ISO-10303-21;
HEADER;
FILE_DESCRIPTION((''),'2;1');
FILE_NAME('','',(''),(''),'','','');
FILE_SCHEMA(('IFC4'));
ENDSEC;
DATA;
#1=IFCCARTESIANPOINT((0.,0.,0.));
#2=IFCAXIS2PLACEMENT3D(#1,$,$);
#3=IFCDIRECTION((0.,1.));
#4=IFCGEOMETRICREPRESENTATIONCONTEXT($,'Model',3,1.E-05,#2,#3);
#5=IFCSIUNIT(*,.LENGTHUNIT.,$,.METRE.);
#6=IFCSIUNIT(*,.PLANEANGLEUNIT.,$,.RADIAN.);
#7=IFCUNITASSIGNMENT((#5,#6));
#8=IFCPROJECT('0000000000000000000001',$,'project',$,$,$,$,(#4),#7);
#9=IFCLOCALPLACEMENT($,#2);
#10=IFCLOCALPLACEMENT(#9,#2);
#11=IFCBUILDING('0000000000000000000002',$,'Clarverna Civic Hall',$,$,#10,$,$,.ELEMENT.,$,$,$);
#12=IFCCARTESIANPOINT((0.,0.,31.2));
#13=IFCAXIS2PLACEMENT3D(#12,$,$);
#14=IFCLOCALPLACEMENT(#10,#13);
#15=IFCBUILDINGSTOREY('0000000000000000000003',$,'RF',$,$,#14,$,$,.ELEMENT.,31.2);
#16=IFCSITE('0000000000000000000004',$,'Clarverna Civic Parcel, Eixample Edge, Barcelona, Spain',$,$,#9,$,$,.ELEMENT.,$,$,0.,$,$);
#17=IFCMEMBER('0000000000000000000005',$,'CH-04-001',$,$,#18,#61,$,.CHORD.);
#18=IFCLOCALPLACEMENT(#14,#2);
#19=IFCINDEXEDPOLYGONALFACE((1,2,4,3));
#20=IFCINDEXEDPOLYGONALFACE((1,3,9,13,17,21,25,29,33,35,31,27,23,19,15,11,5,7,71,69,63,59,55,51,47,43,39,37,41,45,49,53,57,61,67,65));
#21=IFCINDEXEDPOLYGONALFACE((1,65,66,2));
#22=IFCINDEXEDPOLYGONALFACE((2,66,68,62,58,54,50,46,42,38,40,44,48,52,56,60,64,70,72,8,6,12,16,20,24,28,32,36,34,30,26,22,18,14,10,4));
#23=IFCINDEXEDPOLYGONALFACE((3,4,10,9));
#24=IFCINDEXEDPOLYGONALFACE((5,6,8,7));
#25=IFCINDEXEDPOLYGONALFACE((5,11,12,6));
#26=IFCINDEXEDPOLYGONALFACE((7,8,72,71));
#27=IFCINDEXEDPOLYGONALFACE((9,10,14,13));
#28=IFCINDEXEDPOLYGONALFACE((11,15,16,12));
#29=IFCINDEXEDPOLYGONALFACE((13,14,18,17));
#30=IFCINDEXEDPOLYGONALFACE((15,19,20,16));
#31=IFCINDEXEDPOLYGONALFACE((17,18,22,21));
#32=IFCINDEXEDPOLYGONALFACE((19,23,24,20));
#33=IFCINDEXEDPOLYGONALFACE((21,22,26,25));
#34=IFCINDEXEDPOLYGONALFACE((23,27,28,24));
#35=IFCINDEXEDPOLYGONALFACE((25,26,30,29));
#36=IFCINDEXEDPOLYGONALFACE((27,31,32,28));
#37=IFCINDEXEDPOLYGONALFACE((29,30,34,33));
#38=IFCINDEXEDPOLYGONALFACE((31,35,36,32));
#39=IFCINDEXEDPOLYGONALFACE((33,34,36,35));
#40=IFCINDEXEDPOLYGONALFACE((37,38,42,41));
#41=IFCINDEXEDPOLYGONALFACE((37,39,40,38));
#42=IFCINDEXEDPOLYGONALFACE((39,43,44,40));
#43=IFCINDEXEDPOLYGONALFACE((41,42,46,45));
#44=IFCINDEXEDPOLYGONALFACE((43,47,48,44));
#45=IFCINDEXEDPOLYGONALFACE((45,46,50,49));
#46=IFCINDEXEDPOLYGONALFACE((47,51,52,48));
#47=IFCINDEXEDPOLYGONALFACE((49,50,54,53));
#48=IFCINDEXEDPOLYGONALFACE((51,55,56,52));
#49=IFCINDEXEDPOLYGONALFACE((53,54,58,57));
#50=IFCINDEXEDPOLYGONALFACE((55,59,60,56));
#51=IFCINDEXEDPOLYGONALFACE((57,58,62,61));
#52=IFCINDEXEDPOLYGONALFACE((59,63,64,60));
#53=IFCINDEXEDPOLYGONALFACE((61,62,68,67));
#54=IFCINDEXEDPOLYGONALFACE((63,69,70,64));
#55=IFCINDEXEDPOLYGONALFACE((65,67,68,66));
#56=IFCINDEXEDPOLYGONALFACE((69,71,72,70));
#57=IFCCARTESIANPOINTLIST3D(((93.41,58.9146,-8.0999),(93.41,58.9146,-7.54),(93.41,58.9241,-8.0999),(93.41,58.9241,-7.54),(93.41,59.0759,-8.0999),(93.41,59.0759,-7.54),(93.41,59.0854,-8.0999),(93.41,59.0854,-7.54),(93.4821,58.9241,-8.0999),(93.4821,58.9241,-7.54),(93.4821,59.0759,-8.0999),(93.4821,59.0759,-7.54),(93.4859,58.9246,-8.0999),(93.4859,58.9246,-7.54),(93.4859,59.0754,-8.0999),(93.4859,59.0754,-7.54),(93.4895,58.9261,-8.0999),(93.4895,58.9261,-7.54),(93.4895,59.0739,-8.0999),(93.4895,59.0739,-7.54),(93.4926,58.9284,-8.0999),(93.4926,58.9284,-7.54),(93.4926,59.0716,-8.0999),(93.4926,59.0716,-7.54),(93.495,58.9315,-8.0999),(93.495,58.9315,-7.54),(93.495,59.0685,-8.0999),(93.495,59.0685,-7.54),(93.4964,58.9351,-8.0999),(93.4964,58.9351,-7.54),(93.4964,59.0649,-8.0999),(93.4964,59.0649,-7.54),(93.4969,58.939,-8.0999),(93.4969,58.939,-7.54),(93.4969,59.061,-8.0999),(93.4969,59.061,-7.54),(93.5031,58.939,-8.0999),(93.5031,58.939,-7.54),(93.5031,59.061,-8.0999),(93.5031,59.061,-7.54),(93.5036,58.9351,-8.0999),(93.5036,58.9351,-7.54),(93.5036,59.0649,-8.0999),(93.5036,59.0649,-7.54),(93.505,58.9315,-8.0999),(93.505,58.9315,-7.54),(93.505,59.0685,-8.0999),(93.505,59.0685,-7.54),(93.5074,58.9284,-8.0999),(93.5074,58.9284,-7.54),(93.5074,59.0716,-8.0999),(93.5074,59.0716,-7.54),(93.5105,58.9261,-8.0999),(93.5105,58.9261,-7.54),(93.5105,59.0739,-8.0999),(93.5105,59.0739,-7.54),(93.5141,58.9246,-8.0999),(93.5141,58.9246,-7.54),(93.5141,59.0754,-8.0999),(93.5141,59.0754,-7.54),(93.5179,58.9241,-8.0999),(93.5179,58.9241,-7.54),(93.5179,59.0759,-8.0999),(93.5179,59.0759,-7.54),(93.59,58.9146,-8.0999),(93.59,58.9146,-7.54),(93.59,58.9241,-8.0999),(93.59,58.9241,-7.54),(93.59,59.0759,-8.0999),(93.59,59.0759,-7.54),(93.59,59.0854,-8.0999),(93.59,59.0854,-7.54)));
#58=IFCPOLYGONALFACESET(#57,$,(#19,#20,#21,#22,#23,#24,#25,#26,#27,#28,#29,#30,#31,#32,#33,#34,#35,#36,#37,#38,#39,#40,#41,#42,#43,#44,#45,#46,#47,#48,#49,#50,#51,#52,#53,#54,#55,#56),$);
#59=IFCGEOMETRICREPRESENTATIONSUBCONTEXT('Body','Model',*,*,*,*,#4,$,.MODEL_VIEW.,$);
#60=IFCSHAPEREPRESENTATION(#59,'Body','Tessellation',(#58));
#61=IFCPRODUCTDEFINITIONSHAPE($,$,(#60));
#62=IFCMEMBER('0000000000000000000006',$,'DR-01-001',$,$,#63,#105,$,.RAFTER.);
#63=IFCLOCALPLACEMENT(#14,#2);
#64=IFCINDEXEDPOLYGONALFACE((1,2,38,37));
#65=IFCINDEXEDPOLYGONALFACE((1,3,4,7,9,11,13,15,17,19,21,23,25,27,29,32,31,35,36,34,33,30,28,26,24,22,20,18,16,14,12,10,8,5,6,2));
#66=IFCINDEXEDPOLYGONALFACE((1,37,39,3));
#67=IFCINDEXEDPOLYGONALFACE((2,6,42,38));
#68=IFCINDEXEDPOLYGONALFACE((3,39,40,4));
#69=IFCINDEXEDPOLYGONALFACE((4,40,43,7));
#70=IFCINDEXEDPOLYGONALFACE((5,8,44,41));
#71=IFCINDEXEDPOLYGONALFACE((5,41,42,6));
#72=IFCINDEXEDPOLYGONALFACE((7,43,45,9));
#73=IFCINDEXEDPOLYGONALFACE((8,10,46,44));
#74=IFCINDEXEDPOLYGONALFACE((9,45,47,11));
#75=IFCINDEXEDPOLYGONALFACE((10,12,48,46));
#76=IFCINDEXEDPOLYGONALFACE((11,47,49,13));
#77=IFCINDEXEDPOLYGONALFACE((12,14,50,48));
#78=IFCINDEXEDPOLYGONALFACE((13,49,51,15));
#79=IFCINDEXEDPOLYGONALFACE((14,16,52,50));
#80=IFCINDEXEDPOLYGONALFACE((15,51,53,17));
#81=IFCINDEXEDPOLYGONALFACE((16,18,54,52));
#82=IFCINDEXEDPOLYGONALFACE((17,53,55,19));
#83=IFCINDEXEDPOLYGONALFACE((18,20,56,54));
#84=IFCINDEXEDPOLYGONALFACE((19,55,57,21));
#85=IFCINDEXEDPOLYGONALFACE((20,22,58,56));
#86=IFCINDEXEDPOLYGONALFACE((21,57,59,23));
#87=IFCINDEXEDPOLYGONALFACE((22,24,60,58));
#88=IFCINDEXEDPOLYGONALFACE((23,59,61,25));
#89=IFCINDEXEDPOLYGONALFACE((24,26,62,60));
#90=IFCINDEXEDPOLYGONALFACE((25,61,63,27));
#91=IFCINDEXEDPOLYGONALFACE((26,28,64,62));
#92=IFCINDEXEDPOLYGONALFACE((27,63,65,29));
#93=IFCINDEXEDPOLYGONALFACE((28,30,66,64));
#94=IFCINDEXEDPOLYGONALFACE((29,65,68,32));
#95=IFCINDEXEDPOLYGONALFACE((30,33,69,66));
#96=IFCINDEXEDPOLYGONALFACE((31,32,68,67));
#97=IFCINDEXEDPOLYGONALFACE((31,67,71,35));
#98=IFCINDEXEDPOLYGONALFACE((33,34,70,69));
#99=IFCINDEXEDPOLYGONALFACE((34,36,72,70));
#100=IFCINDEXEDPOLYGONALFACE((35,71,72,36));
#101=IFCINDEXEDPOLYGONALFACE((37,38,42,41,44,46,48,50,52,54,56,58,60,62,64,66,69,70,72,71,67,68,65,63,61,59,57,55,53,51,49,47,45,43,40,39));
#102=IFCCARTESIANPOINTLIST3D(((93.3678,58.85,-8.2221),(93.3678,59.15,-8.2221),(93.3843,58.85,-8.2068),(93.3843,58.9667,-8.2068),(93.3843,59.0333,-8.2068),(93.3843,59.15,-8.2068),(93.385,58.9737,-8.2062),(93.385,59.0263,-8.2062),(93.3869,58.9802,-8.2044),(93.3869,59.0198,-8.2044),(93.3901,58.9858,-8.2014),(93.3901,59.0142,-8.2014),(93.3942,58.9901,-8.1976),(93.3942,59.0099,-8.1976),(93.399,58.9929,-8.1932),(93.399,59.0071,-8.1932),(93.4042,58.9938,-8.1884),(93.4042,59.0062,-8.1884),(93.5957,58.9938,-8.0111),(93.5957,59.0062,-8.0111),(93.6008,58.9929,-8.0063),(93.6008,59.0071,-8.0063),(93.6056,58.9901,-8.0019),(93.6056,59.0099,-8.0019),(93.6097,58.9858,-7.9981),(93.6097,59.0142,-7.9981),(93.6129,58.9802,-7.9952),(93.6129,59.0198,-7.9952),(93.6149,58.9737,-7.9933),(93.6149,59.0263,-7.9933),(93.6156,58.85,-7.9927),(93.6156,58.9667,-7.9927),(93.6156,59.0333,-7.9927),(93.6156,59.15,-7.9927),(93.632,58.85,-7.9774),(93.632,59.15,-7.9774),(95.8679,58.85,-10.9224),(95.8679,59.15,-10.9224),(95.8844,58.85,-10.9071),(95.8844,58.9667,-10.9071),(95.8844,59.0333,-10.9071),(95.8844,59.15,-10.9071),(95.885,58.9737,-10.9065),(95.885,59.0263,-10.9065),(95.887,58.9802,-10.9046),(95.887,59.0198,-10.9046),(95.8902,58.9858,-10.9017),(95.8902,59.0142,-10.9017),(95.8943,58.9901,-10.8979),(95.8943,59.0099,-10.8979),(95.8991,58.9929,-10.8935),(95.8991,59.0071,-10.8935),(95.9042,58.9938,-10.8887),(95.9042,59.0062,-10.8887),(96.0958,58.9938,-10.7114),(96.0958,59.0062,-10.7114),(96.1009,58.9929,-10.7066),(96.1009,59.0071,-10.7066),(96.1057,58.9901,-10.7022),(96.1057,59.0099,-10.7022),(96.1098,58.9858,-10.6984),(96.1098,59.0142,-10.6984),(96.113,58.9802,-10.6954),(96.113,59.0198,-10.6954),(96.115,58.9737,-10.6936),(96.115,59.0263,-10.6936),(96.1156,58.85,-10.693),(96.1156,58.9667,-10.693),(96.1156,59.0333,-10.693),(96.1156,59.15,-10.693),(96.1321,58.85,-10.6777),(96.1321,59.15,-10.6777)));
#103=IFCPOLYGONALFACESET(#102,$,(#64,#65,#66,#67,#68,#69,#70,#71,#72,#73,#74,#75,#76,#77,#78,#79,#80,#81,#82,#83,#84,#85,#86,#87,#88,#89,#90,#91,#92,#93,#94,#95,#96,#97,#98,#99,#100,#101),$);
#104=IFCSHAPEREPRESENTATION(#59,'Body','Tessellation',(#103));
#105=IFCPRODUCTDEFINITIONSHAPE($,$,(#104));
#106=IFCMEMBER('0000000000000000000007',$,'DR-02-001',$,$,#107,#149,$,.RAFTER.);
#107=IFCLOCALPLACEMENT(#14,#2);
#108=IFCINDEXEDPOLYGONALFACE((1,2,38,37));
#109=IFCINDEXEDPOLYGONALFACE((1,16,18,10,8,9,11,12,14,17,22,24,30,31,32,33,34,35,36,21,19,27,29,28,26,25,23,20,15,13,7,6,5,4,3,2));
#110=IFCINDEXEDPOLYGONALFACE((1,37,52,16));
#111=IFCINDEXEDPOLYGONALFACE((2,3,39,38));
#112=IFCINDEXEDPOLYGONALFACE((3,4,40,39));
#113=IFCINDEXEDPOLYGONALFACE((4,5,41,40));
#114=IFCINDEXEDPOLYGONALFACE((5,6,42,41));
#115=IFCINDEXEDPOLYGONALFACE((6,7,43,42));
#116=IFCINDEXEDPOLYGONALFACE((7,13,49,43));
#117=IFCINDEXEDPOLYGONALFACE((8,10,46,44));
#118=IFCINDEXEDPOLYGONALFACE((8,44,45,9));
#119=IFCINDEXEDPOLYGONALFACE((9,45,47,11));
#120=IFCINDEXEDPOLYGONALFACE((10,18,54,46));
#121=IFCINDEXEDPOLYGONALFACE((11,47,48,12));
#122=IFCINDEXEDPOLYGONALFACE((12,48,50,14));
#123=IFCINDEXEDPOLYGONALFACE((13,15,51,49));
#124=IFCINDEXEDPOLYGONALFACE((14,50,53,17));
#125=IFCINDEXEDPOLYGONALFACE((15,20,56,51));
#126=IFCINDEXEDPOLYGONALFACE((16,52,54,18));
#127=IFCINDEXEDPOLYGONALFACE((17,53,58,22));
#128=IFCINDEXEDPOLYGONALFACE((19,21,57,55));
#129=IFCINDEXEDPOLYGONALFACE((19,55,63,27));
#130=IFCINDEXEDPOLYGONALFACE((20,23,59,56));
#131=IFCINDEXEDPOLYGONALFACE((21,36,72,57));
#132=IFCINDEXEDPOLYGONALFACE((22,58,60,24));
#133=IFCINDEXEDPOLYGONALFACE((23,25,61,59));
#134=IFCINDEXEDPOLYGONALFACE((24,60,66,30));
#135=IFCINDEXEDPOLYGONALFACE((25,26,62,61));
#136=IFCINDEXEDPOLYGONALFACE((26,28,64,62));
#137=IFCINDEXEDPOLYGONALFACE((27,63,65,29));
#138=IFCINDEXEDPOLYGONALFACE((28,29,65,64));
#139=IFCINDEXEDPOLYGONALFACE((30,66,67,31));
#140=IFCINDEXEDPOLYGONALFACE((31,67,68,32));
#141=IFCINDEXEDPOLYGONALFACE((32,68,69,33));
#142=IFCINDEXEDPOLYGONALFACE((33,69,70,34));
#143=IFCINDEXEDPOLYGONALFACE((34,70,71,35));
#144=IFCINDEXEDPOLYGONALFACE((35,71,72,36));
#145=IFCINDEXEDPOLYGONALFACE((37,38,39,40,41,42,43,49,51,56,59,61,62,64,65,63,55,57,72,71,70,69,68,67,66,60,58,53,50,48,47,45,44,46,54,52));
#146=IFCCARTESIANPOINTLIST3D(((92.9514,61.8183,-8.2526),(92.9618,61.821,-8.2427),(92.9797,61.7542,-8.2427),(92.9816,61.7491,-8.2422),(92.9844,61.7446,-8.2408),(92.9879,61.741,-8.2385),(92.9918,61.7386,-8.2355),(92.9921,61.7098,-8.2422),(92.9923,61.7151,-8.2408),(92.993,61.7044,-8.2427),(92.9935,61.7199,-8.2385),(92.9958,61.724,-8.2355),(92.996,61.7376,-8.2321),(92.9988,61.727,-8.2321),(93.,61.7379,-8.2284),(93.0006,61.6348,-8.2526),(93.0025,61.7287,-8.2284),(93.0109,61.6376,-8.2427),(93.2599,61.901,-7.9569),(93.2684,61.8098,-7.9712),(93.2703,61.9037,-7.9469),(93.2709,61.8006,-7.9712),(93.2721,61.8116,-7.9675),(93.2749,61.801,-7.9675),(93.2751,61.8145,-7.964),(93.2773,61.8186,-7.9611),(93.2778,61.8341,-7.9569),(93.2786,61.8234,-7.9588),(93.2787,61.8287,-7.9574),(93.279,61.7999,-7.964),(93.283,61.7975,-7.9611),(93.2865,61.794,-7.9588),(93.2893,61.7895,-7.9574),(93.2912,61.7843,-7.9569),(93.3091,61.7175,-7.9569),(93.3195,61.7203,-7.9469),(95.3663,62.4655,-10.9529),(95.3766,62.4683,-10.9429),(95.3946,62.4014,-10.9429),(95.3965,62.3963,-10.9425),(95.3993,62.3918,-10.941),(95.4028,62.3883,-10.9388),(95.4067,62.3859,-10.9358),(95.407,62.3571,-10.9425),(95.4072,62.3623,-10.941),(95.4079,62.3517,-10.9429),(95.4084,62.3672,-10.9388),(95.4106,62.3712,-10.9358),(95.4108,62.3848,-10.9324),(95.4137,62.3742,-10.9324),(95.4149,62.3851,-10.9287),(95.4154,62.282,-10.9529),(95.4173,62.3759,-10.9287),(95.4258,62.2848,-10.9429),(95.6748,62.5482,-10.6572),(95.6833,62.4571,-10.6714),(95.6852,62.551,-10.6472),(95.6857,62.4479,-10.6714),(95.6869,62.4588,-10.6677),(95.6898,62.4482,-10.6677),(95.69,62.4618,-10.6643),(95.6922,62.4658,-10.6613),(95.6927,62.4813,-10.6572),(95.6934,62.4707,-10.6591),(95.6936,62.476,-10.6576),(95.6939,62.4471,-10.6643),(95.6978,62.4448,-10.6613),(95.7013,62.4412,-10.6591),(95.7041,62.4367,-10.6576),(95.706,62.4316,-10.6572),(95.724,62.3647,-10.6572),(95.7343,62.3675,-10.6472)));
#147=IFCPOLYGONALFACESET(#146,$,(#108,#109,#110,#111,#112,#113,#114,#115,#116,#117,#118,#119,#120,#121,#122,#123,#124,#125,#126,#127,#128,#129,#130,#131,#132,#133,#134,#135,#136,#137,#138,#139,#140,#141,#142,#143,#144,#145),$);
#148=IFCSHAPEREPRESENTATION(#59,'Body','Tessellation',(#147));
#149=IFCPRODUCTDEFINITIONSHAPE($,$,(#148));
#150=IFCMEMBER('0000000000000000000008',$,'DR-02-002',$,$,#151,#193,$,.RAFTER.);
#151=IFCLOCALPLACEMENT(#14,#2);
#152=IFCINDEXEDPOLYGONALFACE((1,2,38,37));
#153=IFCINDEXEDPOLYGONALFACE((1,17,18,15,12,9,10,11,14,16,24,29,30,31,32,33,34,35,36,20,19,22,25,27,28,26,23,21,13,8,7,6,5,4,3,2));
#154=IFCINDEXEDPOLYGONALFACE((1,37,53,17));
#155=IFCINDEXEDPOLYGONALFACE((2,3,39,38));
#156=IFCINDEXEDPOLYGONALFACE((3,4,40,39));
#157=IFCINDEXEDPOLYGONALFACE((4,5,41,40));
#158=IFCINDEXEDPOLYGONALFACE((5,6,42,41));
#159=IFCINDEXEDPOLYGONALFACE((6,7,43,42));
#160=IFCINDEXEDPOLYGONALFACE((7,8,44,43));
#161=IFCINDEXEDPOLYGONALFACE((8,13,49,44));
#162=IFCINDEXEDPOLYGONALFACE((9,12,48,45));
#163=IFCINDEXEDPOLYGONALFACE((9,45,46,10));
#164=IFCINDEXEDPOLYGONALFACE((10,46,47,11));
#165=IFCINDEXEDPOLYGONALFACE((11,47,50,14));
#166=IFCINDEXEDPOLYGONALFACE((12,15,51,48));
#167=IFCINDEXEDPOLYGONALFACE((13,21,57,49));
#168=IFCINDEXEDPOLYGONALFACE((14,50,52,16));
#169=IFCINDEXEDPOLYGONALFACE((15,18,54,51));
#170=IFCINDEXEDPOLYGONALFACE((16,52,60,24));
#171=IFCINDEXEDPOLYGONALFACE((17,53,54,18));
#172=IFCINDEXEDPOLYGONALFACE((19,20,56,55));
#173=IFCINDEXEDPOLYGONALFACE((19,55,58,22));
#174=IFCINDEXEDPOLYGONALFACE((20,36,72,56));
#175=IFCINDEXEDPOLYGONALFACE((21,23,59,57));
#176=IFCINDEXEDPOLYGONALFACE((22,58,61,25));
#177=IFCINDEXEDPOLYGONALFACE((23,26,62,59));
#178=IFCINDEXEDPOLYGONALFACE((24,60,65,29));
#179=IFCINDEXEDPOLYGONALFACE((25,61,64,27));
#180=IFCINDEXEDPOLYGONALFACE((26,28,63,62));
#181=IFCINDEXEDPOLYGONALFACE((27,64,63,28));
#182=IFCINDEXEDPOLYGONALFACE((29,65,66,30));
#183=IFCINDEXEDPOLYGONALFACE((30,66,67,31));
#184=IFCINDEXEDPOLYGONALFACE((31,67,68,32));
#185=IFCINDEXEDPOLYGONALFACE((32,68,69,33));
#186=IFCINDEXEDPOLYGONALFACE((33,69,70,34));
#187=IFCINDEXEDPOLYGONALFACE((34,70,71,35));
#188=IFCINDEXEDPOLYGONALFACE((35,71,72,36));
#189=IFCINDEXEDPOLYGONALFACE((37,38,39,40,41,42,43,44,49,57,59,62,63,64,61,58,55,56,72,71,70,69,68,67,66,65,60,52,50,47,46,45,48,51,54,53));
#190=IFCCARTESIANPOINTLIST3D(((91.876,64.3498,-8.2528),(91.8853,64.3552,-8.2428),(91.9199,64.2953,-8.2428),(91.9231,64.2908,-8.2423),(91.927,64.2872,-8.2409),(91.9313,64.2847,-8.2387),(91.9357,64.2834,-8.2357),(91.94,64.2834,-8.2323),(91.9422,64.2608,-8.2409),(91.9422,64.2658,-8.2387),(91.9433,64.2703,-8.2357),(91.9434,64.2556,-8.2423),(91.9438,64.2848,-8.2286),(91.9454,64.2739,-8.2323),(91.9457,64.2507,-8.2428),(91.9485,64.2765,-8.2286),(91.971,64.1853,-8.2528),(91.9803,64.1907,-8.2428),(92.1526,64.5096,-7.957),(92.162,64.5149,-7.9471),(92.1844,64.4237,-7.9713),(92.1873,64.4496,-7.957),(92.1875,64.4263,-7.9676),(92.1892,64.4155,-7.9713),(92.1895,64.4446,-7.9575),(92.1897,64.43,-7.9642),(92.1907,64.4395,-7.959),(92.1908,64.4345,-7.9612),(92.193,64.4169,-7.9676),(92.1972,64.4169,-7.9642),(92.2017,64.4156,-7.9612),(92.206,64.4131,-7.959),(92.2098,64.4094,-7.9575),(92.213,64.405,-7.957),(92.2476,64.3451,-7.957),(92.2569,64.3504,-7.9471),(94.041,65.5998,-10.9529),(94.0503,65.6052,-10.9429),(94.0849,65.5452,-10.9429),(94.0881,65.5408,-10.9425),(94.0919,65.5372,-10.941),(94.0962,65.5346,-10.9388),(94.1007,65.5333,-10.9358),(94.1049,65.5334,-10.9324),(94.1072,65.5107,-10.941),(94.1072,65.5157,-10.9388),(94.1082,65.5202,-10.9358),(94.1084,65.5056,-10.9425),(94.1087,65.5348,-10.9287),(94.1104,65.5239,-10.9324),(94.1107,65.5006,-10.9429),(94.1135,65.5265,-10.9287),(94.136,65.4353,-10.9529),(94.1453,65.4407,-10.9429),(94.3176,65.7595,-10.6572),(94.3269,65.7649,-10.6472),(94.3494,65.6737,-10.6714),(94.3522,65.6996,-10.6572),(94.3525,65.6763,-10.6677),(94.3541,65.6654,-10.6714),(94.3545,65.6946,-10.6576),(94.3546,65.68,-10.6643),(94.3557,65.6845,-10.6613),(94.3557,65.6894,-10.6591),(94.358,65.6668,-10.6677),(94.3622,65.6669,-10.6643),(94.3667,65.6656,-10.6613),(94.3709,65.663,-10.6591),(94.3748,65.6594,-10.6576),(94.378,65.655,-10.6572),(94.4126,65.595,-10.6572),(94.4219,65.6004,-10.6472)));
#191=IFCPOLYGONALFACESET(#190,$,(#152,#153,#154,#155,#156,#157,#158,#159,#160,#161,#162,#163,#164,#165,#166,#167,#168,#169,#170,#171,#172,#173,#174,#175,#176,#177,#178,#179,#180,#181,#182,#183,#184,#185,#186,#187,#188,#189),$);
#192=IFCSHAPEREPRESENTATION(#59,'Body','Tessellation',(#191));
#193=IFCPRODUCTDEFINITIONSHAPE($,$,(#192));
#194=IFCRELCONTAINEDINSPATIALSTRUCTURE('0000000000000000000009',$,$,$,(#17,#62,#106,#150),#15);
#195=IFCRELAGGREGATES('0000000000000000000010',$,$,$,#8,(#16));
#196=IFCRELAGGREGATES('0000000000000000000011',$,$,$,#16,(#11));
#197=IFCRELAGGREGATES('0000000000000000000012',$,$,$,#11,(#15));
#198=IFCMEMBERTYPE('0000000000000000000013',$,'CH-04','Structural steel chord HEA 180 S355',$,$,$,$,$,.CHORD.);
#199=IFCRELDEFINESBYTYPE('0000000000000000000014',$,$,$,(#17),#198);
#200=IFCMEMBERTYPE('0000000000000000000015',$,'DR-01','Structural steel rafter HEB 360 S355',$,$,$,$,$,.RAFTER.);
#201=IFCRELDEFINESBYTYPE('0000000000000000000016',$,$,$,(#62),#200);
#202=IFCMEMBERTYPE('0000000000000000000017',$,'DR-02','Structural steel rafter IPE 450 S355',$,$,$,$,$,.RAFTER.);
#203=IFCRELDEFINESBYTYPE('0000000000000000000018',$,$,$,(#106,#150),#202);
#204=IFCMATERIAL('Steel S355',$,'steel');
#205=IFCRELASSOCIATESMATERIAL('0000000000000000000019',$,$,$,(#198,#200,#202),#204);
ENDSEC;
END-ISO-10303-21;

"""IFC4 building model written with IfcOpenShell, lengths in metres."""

from ifc_helpers import new_model, si_unit, direction, frame, origin, origin_2d, place, context, subcontext, project, spatial, i_section, extrude, material, material_profile, profile_set, type_object, element, save


model = new_model("IFC4")

# Units and contexts
model_context = context("Model", 3, precision=1e-05, world=origin(), true_north=direction((0.0, 1.0)))
body_context = subcontext(model_context, "Body", "Model", "MODEL_VIEW")
ifc_project = project(units=[si_unit("LENGTHUNIT", "METRE"), si_unit("PLANEANGLEUNIT", "RADIAN")], contexts=[model_context])

# Site, building, storey
site_placement = place(None, origin())
site = spatial("IfcSite", under=ifc_project, at=site_placement, Name="Clarverna Civic Parcel, Eixample Edge, Barcelona, Spain", CompositionType="ELEMENT", RefElevation=0.0)
building_placement = place(site_placement, origin())
building = spatial("IfcBuilding", under=site, at=building_placement, Name="Clarverna Civic Hall", CompositionType="ELEMENT")
storey_placement = place(building_placement, frame((0.0, 0.0, 31.2)))
storey = spatial("IfcBuildingStorey", under=building, at=storey_placement, Name="RF", CompositionType="ELEMENT", Elevation=31.2)

# Members
ifc_material_1 = material(Name="Steel S355", Category="steel")
ifc_material_profile_1 = material_profile(ifc_material_1, i_section(OverallWidth=0.1799, OverallDepth=0.1709, WebThickness=0.0061, FlangeThickness=0.0095, FilletRadius=0.0149, at=origin_2d()), Name="HEA 180")
ifc_profile_set_1 = profile_set([ifc_material_profile_1], Name="Steel S355")
member_type_1 = type_object("IfcMemberType", Name="CH-04", Description="Structural steel chord HEA 180 S355", PredefinedType="CHORD", material=ifc_profile_set_1)
member_1_placement = place(storey_placement, frame((93.5, 59.0, -8.0999), z_axis=(0.0, 0.0, 1.0), x_axis=(1.0, 0.0, 0.0)))
element("IfcMember", 1, at=member_1_placement, inside=storey, type_object=member_type_1, Name="CH-04-001", PredefinedType="CHORD", context=body_context, shape_type="SweptSolid", body=[
    extrude(i_section(OverallWidth=0.1799, OverallDepth=0.1709, WebThickness=0.0061, FlangeThickness=0.0095, FilletRadius=0.0149, at=origin_2d()), origin(), (0.0, 0.0, 1.0), 0.5598),
])
ifc_material_profile_2 = material_profile(ifc_material_1, i_section(OverallWidth=0.3, OverallDepth=0.3601, WebThickness=0.0125, FlangeThickness=0.0225, FilletRadius=0.0271, at=origin_2d()), Name="HEB 360")
ifc_profile_set_2 = profile_set([ifc_material_profile_2], Name="Steel S355")
member_type_2 = type_object("IfcMemberType", Name="DR-01", Description="Structural steel rafter HEB 360 S355", PredefinedType="RAFTER", material=ifc_profile_set_2)
member_2_placement = place(storey_placement, frame((96.0, 59.0, -10.8), z_axis=(-0.679382, 0.0, 0.733785), x_axis=(0.0, -1.0, 0.0)))
element("IfcMember", 2, at=member_2_placement, inside=storey, type_object=member_type_2, Name="DR-01-001", PredefinedType="RAFTER", context=body_context, shape_type="SweptSolid", body=[
    extrude(i_section(OverallWidth=0.3, OverallDepth=0.3601, WebThickness=0.0125, FlangeThickness=0.0225, FilletRadius=0.0271, at=origin_2d()), origin(), (0.0, 0.0, 1.0), 3.6799),
])
ifc_material_profile_3 = material_profile(ifc_material_1, i_section(OverallWidth=0.1899, OverallDepth=0.45, WebThickness=0.0095, FlangeThickness=0.0146, FilletRadius=0.021, at=origin_2d()), Name="IPE 450")
ifc_profile_set_3 = profile_set([ifc_material_profile_3], Name="Steel S355")
member_type_3 = type_object("IfcMemberType", Name="DR-02", Description="Structural steel rafter IPE 450 S355", PredefinedType="RAFTER", material=ifc_profile_set_3)
member_3_placement = place(storey_placement, frame((95.5503, 62.4165, -10.8), z_axis=(-0.656224, -0.175882, 0.733782), x_axis=(0.258884, -0.965908, 0.0)))
element("IfcMember", 3, at=member_3_placement, inside=storey, type_object=member_type_3, Name="DR-02-001", PredefinedType="RAFTER", context=body_context, shape_type="SweptSolid", body=[
    extrude(i_section(OverallWidth=0.1899, OverallDepth=0.45, WebThickness=0.0095, FlangeThickness=0.0146, FilletRadius=0.021, at=origin_2d()), origin(), (0.0, 0.0, 1.0), 3.6799),
])
for number, where, z_axis, x_axis, name in (
    (4, (94.2314, 65.6001, -10.8), (-0.588357, -0.339692, 0.733788), (0.500004, -0.866023, 0.0), "DR-02-002"),
):
    element("IfcMember", number, at=place(storey_placement, frame(where, z_axis=z_axis, x_axis=x_axis)), inside=storey, type_object=member_type_3, Name=name, PredefinedType="RAFTER", context=body_context, shape_type="SweptSolid", body=[
        extrude(i_section(OverallWidth=0.1899, OverallDepth=0.45, WebThickness=0.0095, FlangeThickness=0.0146, FilletRadius=0.021, at=origin_2d()), origin(), (0.0, 0.0, 1.0), 3.6797),
    ])

save(model, "model.ifc")
